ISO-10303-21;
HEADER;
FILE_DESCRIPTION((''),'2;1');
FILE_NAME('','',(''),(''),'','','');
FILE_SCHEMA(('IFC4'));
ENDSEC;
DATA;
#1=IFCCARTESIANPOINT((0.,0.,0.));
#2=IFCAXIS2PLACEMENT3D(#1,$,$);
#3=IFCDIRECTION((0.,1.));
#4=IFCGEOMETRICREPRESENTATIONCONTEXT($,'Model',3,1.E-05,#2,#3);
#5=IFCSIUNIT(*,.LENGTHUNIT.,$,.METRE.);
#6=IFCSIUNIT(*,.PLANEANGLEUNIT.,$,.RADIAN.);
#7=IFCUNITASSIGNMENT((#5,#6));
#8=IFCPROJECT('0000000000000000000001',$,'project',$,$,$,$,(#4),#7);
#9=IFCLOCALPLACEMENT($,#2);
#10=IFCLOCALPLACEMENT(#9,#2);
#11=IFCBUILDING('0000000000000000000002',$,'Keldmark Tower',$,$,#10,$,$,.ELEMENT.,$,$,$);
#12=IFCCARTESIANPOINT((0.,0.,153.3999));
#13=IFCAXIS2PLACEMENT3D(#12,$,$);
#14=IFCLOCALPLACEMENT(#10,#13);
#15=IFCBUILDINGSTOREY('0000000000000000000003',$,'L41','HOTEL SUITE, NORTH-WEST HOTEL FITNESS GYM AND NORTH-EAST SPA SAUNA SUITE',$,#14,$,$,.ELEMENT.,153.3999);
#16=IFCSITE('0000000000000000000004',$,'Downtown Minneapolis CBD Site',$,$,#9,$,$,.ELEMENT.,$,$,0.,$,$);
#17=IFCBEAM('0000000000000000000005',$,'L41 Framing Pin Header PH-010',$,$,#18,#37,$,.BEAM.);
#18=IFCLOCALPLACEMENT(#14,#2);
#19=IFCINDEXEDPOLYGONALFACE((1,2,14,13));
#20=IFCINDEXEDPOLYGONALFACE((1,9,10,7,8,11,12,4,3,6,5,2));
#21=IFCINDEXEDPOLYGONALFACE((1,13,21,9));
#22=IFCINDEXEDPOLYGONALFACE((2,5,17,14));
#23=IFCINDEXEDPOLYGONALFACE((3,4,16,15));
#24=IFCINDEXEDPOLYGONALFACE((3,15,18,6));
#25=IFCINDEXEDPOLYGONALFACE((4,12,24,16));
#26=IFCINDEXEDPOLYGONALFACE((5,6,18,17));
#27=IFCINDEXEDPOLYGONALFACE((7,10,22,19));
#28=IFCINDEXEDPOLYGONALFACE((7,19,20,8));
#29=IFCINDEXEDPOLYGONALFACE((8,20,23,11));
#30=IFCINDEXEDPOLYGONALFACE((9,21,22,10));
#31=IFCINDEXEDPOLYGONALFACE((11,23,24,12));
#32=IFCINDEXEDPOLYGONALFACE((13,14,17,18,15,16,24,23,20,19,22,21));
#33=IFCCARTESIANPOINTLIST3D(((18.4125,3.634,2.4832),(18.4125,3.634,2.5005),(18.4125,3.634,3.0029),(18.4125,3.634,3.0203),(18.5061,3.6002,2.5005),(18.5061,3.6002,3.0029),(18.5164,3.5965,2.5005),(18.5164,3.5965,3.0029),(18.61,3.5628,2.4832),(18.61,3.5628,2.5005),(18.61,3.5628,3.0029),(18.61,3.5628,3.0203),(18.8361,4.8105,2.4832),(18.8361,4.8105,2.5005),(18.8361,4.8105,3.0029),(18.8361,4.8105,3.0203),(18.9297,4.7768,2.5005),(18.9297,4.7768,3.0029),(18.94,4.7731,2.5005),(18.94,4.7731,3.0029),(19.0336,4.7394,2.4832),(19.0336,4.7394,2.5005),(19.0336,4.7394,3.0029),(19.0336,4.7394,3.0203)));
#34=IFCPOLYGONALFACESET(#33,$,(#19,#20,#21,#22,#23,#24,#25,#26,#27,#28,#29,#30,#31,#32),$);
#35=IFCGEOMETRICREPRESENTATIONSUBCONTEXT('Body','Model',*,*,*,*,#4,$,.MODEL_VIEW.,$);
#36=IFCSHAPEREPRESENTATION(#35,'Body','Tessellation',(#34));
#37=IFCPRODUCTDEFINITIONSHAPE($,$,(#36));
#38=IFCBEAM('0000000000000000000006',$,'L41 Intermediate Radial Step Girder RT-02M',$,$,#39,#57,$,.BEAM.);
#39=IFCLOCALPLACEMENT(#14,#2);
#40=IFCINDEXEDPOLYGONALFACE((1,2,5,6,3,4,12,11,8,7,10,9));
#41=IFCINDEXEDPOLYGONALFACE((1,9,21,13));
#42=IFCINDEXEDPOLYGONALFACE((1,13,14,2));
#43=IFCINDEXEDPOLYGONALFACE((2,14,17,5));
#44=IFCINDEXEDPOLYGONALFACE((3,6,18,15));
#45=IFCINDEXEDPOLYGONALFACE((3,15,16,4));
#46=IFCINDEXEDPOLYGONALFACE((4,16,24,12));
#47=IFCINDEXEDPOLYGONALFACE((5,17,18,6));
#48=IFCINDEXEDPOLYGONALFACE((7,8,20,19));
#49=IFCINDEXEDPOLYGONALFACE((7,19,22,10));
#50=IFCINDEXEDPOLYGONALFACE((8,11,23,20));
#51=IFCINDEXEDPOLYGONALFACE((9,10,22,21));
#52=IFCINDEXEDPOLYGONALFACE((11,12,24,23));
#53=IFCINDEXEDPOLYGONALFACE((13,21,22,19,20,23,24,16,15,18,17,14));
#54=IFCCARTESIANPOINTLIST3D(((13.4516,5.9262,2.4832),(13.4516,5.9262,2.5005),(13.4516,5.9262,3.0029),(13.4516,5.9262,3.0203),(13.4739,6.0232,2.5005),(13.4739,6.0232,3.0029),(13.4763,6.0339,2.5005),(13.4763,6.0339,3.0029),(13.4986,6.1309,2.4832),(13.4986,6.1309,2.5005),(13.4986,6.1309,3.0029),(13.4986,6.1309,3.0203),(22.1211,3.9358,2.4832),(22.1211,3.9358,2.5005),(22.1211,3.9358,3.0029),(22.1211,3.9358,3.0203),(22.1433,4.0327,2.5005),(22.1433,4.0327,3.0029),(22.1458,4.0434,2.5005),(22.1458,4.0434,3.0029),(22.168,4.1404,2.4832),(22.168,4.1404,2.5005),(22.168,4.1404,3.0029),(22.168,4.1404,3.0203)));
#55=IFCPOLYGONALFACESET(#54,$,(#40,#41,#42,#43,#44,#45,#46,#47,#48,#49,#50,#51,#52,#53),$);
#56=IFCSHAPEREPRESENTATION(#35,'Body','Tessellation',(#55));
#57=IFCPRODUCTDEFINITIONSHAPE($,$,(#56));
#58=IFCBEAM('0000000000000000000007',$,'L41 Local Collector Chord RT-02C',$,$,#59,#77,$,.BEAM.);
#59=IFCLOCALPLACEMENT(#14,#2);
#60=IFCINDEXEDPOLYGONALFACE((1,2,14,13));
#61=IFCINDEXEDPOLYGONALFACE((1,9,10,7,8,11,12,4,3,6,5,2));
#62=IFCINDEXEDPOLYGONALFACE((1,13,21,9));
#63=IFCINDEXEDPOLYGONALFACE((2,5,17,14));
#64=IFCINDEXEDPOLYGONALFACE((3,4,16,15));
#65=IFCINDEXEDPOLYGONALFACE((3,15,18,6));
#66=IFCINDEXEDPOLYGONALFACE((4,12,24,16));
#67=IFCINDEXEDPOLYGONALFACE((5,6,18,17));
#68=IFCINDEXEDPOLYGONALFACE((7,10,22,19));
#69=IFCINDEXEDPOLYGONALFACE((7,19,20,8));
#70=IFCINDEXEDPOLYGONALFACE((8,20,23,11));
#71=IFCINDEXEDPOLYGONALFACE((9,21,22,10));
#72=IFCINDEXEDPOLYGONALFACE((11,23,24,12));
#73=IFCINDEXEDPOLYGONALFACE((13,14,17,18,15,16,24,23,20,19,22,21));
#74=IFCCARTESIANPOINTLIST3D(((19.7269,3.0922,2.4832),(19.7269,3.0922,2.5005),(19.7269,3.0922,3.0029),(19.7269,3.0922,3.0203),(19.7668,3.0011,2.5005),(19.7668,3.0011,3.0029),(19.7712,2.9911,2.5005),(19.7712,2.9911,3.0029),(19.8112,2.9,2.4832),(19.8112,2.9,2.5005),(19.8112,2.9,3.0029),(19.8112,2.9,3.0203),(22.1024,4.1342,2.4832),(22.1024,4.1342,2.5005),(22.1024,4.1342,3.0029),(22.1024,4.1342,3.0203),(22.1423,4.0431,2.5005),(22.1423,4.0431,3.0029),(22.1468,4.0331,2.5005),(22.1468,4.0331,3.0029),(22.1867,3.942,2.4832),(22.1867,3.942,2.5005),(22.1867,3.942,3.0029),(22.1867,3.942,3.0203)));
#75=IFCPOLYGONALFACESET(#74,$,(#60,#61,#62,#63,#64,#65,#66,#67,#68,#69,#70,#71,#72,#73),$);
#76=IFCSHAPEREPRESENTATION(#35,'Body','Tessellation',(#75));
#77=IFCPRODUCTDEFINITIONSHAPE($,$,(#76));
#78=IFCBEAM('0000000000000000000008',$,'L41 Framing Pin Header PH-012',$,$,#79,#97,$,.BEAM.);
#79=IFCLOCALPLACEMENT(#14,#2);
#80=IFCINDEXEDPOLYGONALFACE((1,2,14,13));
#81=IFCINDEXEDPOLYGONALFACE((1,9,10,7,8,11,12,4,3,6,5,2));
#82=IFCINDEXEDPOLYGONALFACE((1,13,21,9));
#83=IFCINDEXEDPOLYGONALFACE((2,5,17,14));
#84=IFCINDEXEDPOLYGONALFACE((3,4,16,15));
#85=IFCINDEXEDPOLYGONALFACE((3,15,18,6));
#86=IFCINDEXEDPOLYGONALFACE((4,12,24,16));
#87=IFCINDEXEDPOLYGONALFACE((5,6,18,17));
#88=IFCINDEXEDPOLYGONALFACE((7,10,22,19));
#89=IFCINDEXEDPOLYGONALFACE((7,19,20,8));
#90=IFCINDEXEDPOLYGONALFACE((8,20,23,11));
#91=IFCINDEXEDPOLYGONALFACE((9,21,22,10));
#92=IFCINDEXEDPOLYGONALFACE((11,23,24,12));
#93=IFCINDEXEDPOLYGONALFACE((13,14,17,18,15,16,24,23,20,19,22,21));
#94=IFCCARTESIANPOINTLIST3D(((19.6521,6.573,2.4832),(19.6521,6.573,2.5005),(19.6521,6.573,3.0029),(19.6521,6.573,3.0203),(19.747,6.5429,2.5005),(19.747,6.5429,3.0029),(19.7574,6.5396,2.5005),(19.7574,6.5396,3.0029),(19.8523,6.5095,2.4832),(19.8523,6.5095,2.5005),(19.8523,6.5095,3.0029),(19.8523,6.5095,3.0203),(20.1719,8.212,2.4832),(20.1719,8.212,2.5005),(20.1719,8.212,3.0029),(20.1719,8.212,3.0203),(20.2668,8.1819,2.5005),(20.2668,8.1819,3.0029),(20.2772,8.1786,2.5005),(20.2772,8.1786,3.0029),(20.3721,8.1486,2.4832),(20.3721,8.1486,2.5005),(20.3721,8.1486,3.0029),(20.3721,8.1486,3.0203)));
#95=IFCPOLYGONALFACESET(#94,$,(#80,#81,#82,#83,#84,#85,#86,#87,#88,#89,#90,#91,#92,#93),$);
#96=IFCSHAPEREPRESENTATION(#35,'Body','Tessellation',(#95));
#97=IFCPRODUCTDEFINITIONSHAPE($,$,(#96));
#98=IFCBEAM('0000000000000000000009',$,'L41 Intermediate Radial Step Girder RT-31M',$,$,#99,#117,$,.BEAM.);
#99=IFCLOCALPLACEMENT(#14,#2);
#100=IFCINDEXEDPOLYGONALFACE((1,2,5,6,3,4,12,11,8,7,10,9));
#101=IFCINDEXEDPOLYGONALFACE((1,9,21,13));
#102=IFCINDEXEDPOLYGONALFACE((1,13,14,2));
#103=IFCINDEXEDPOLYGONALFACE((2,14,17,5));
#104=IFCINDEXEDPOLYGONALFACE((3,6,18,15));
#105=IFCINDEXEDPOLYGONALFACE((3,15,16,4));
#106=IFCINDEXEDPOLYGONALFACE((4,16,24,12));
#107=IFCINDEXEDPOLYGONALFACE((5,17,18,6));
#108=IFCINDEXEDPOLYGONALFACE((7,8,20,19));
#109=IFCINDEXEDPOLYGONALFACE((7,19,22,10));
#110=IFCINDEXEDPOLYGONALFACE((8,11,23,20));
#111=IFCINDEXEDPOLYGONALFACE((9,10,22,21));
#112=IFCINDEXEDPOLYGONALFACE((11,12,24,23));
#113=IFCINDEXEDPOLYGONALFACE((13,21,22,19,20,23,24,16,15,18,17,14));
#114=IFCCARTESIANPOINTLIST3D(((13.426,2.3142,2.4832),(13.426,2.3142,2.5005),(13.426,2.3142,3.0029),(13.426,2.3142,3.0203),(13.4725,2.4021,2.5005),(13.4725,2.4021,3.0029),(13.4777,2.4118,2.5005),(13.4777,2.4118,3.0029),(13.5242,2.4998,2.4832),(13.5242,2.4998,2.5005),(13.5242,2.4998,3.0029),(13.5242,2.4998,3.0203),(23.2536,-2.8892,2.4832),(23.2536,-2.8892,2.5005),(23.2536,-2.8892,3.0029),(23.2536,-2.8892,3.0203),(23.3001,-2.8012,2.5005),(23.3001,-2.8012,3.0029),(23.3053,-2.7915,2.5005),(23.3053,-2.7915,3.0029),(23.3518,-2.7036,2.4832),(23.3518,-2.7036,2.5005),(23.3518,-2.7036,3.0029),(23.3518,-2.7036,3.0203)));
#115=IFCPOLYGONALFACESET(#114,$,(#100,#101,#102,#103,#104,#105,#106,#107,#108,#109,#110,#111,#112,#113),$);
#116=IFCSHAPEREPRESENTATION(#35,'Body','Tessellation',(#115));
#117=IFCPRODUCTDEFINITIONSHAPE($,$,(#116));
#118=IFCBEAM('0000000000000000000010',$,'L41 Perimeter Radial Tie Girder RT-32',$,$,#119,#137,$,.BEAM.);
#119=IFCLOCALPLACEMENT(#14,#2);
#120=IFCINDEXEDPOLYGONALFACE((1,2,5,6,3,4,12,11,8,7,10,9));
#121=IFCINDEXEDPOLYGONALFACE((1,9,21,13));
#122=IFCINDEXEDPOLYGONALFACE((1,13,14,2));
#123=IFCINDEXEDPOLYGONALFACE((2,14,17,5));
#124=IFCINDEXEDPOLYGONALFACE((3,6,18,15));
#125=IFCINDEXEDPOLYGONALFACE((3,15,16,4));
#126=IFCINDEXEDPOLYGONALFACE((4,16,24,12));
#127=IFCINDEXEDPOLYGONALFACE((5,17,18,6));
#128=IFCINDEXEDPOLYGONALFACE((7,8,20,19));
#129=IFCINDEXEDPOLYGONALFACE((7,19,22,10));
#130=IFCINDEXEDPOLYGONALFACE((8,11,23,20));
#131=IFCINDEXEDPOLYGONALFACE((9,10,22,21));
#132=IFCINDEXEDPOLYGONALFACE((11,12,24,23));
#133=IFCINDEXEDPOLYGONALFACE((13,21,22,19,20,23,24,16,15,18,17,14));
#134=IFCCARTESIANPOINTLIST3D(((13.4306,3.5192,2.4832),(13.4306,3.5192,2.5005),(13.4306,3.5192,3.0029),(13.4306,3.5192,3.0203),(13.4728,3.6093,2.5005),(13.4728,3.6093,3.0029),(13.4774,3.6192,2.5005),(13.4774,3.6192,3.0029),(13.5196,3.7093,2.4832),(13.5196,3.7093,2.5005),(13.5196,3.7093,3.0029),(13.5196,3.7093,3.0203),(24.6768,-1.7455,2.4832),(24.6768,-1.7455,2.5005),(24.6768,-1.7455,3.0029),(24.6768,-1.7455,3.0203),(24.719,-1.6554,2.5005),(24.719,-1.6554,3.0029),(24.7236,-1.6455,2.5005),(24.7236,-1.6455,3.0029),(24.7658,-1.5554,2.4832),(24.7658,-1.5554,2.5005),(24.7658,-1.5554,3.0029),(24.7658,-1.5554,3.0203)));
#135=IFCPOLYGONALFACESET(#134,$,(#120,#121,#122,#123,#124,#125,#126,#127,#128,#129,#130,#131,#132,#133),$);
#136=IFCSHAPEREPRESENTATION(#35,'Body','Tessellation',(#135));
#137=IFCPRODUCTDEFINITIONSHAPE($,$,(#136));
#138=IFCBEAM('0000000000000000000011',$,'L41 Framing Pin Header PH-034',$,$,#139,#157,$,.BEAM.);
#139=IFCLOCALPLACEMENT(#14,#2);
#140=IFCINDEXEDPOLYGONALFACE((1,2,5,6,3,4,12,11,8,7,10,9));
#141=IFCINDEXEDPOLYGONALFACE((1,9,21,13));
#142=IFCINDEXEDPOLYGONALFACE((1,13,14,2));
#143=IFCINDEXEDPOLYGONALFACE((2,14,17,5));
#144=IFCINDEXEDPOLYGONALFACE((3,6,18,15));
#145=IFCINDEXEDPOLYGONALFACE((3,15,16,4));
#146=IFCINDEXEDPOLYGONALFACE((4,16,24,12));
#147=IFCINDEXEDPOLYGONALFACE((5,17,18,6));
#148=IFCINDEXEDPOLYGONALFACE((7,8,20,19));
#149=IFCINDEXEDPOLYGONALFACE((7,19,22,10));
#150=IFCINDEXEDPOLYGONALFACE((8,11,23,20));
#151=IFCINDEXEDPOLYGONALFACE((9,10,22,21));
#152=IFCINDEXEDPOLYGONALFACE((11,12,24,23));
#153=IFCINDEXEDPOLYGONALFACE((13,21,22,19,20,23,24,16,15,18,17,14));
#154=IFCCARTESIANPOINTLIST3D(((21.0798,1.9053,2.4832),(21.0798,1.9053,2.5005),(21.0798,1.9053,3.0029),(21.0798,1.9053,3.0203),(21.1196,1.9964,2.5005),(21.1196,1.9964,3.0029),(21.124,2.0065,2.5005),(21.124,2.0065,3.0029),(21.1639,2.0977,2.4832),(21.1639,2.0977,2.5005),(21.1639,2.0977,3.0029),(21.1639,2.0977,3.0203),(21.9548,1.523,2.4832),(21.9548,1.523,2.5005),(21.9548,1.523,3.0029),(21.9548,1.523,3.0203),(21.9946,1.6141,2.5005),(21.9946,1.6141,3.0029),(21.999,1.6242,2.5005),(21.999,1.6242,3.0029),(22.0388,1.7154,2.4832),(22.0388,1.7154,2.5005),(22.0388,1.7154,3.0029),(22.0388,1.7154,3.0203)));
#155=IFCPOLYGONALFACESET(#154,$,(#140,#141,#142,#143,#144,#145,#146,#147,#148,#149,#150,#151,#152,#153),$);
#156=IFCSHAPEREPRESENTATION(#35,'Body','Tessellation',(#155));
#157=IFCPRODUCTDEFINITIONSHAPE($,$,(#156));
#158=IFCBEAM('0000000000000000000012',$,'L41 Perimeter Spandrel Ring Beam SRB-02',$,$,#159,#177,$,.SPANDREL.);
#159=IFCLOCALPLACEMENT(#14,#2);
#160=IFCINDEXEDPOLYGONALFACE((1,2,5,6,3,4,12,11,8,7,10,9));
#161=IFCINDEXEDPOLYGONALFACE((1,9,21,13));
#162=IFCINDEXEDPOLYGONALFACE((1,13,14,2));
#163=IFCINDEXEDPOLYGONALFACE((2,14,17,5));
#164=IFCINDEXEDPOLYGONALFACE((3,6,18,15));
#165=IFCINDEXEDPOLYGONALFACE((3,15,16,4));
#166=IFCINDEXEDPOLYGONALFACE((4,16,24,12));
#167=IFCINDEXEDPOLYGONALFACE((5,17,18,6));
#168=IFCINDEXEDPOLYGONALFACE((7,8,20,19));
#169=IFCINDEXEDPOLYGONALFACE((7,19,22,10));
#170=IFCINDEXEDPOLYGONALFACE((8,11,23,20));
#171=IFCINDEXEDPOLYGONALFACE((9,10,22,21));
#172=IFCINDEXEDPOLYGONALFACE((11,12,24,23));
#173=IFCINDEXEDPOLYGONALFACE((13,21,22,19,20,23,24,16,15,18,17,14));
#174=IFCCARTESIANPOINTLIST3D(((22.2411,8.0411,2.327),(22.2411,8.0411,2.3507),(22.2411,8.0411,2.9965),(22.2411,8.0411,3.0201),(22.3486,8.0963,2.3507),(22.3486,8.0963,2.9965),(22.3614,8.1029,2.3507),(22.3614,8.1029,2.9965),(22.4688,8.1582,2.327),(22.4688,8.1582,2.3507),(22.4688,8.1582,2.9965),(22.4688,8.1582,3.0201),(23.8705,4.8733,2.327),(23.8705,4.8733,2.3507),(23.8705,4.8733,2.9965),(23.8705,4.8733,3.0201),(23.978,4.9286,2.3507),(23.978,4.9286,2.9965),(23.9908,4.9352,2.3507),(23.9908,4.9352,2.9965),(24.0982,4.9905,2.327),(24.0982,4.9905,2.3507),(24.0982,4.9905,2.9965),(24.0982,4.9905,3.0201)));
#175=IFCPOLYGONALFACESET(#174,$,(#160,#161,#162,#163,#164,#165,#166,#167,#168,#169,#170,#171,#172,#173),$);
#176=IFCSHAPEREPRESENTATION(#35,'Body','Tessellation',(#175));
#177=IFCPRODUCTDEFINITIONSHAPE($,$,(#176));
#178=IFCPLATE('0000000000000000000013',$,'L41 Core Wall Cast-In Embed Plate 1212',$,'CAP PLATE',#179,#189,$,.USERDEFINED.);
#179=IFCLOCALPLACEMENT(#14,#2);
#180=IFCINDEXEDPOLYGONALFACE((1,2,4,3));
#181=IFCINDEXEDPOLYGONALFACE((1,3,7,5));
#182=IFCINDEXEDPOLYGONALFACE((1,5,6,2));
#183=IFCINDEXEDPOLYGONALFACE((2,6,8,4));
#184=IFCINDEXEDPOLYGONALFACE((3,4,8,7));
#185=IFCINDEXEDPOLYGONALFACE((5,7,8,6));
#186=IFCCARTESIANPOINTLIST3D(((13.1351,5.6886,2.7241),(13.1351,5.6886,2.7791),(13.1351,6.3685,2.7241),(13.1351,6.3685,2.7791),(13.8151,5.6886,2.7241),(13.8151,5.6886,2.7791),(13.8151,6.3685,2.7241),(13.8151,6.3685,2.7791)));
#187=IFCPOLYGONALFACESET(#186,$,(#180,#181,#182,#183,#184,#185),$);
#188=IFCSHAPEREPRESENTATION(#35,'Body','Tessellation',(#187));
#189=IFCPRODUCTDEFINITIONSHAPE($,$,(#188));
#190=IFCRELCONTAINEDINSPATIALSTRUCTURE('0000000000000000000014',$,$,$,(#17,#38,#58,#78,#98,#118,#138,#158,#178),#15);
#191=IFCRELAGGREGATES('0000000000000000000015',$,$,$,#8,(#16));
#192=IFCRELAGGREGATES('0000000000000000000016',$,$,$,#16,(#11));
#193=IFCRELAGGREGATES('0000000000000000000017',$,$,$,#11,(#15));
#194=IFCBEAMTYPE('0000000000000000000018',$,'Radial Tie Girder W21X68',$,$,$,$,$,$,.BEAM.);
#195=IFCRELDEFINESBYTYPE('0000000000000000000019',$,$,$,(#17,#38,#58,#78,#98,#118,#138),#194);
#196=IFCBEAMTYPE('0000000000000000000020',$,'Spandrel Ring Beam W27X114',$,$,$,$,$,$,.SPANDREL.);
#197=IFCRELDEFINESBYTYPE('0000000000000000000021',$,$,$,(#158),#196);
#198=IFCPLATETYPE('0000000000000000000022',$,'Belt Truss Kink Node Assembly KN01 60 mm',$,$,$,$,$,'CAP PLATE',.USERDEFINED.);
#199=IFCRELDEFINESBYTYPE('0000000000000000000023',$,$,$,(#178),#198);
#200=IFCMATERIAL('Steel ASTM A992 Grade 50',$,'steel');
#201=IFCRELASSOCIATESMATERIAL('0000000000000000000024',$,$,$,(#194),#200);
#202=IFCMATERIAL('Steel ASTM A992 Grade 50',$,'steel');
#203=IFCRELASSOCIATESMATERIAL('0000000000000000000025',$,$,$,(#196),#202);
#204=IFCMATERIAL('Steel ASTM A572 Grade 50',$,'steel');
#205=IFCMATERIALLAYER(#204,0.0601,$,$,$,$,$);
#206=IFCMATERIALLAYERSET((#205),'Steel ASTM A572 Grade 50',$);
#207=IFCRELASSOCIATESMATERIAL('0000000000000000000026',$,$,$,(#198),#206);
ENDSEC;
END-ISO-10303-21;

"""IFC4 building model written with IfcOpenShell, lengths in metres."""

from ifc_helpers import new_model, si_unit, direction, frame, origin, origin_2d, place, context, subcontext, project, spatial, rectangle, i_section, extrude, material, layer, layer_set, material_profile, profile_set, type_object, element, save


model = new_model("IFC4")

# Units and contexts
model_context = context("Model", 3, precision=1e-05, world=origin(), true_north=direction((0.0, 1.0)))
body_context = subcontext(model_context, "Body", "Model", "MODEL_VIEW")
ifc_project = project(units=[si_unit("LENGTHUNIT", "METRE"), si_unit("PLANEANGLEUNIT", "RADIAN")], contexts=[model_context])

# Site, building, storey
site_placement = place(None, origin())
site = spatial("IfcSite", under=ifc_project, at=site_placement, Name="Downtown Minneapolis CBD Site", CompositionType="ELEMENT", RefElevation=0.0)
building_placement = place(site_placement, origin())
building = spatial("IfcBuilding", under=site, at=building_placement, Name="Keldmark Tower", CompositionType="ELEMENT")
storey_placement = place(building_placement, frame((0.0, 0.0, 153.3999)))
storey = spatial("IfcBuildingStorey", under=building, at=storey_placement, Name="L41", Description="HOTEL SUITE, NORTH-WEST HOTEL FITNESS GYM AND NORTH-EAST SPA SAUNA SUITE", CompositionType="ELEMENT", Elevation=153.3999)

# Beams
ifc_material_1 = material(Name="Steel ASTM A992 Grade 50", Category="steel")
ifc_material_profile_1 = material_profile(ifc_material_1, i_section(OverallWidth=0.21, OverallDepth=0.5371, WebThickness=0.011, FlangeThickness=0.0173, at=origin_2d()), Name="W21X68")
ifc_profile_set_1 = profile_set([ifc_material_profile_1], Name="Steel ASTM A992 Grade 50")
beam_type_1 = type_object("IfcBeamType", Name="Radial Tie Girder W21X68", PredefinedType="BEAM", material=ifc_profile_set_1)
beam_1_placement = place(storey_placement, frame((18.5112, 3.5984, 2.7517), z_axis=(0.338747, 0.940877, 0.0), x_axis=(-0.940877, 0.338747, 0.0)))
element("IfcBeam", 1, at=beam_1_placement, inside=storey, type_object=beam_type_1, Name="L41 Framing Pin Header PH-010", PredefinedType="BEAM", context=body_context, shape_type="SweptSolid", body=[
    extrude(i_section(OverallWidth=0.21, OverallDepth=0.5371, WebThickness=0.011, FlangeThickness=0.0173, at=origin_2d()), origin(), (0.0, 0.0, 1.0), 1.2505),
])
beam_2_placement = place(storey_placement, frame((13.4751, 6.0286, 2.7517), z_axis=(0.974641, -0.223775, 0.0), x_axis=(0.223775, 0.974641, 0.0)))
element("IfcBeam", 2, at=beam_2_placement, inside=storey, type_object=beam_type_1, Name="L41 Intermediate Radial Step Girder RT-02M", PredefinedType="BEAM", context=body_context, shape_type="SweptSolid", body=[
    extrude(i_section(OverallWidth=0.21, OverallDepth=0.5371, WebThickness=0.011, FlangeThickness=0.0173, at=origin_2d()), origin(), (0.0, 0.0, 1.0), 8.895),
])
beam_3_placement = place(storey_placement, frame((19.769, 2.9961, 2.7517), z_axis=(0.915772, 0.401697, 0.0), x_axis=(-0.401697, 0.915772, 0.0)))
element("IfcBeam", 3, at=beam_3_placement, inside=storey, type_object=beam_type_1, Name="L41 Local Collector Chord RT-02C", PredefinedType="BEAM", context=body_context, shape_type="SweptSolid", body=[
    extrude(i_section(OverallWidth=0.21, OverallDepth=0.5371, WebThickness=0.011, FlangeThickness=0.0173, at=origin_2d()), origin(), (0.0, 0.0, 1.0), 2.594),
])
beam_4_placement = place(storey_placement, frame((19.7522, 6.5413, 2.7517), z_axis=(0.302307, 0.953211, 0.0), x_axis=(-0.953211, 0.302307, 0.0)))
element("IfcBeam", 4, at=beam_4_placement, inside=storey, type_object=beam_type_1, Name="L41 Framing Pin Header PH-012", PredefinedType="BEAM", context=body_context, shape_type="SweptSolid", body=[
    extrude(i_section(OverallWidth=0.21, OverallDepth=0.5371, WebThickness=0.011, FlangeThickness=0.0173, at=origin_2d()), origin(), (0.0, 0.0, 1.0), 1.7195),
])
beam_5_placement = place(storey_placement, frame((13.4751, 2.407, 2.7517), z_axis=(0.883769, -0.467923, 0.0), x_axis=(0.467923, 0.883769, 0.0)))
element("IfcBeam", 5, at=beam_5_placement, inside=storey, type_object=beam_type_1, Name="L41 Intermediate Radial Step Girder RT-31M", PredefinedType="BEAM", context=body_context, shape_type="SweptSolid", body=[
    extrude(i_section(OverallWidth=0.21, OverallDepth=0.5371, WebThickness=0.011, FlangeThickness=0.0173, at=origin_2d()), origin(), (0.0, 0.0, 1.0), 11.1201),
])
beam_6_placement = place(storey_placement, frame((13.4751, 3.6143, 2.7517), z_axis=(0.905674, -0.423974, 0.0), x_axis=(0.423974, 0.905674, 0.0)))
element("IfcBeam", 6, at=beam_6_placement, inside=storey, type_object=beam_type_1, Name="L41 Perimeter Radial Tie Girder RT-32", PredefinedType="BEAM", context=body_context, shape_type="SweptSolid", body=[
    extrude(i_section(OverallWidth=0.21, OverallDepth=0.5371, WebThickness=0.011, FlangeThickness=0.0173, at=origin_2d()), origin(), (0.0, 0.0, 1.0), 12.4175),
])
beam_7_placement = place(storey_placement, frame((21.1218, 2.0015, 2.7517), z_axis=(0.916345, -0.40039, 0.0), x_axis=(0.40039, 0.916345, 0.0)))
element("IfcBeam", 7, at=beam_7_placement, inside=storey, type_object=beam_type_1, Name="L41 Framing Pin Header PH-034", PredefinedType="BEAM", context=body_context, shape_type="SweptSolid", body=[
    extrude(i_section(OverallWidth=0.21, OverallDepth=0.5371, WebThickness=0.011, FlangeThickness=0.0173, at=origin_2d()), origin(), (0.0, 0.0, 1.0), 0.9548),
])
ifc_material_2 = material(Name="Steel ASTM A992 Grade 50", Category="steel")
ifc_material_profile_2 = material_profile(ifc_material_2, i_section(OverallWidth=0.2561, OverallDepth=0.6931, WebThickness=0.0144, FlangeThickness=0.0237, at=origin_2d()), Name="W27X114")
ifc_profile_set_2 = profile_set([ifc_material_profile_2], Name="Steel ASTM A992 Grade 50")
beam_type_2 = type_object("IfcBeamType", Name="Spandrel Ring Beam W27X114", PredefinedType="SPANDREL", material=ifc_profile_set_2)
beam_8_placement = place(storey_placement, frame((23.9844, 4.9319, 2.6736), z_axis=(-0.45741, 0.889256, 0.0), x_axis=(-0.889256, -0.45741, 0.0)))
element("IfcBeam", 8, at=beam_8_placement, inside=storey, type_object=beam_type_2, Name="L41 Perimeter Spandrel Ring Beam SRB-02", PredefinedType="SPANDREL", context=body_context, shape_type="SweptSolid", body=[
    extrude(i_section(OverallWidth=0.2561, OverallDepth=0.6931, WebThickness=0.0144, FlangeThickness=0.0237, at=origin_2d()), origin(), (0.0, 0.0, 1.0), 3.5623),
])

# Plate
ifc_material_3 = material(Name="Steel ASTM A572 Grade 50", Category="steel")
ifc_layer_1 = layer(ifc_material_3, 0.0601)
ifc_layer_set_1 = layer_set([ifc_layer_1], Name="Steel ASTM A572 Grade 50")
plate_type = type_object("IfcPlateType", Name="Belt Truss Kink Node Assembly KN01 60 mm", ElementType="CAP PLATE", PredefinedType="USERDEFINED", material=ifc_layer_set_1)
for number, where, z_axis, x_axis, name in (
    (9, (13.4751, 6.0286, 2.7241), (0.0, 0.0, 1.0), (1.0, 0.0, 0.0), "L41 Core Wall Cast-In Embed Plate 1212"),
):
    element("IfcPlate", number, at=place(storey_placement, frame(where, z_axis=z_axis, x_axis=x_axis)), inside=storey, type_object=plate_type, Name=name, ObjectType="CAP PLATE", PredefinedType="USERDEFINED", context=body_context, shape_type="SweptSolid", body=[
        extrude(rectangle(XDim=0.6799, YDim=0.6799, at=origin_2d()), origin(), (0.0, 0.0, 1.0), 0.0549),
    ])

save(model, "model.ifc")
